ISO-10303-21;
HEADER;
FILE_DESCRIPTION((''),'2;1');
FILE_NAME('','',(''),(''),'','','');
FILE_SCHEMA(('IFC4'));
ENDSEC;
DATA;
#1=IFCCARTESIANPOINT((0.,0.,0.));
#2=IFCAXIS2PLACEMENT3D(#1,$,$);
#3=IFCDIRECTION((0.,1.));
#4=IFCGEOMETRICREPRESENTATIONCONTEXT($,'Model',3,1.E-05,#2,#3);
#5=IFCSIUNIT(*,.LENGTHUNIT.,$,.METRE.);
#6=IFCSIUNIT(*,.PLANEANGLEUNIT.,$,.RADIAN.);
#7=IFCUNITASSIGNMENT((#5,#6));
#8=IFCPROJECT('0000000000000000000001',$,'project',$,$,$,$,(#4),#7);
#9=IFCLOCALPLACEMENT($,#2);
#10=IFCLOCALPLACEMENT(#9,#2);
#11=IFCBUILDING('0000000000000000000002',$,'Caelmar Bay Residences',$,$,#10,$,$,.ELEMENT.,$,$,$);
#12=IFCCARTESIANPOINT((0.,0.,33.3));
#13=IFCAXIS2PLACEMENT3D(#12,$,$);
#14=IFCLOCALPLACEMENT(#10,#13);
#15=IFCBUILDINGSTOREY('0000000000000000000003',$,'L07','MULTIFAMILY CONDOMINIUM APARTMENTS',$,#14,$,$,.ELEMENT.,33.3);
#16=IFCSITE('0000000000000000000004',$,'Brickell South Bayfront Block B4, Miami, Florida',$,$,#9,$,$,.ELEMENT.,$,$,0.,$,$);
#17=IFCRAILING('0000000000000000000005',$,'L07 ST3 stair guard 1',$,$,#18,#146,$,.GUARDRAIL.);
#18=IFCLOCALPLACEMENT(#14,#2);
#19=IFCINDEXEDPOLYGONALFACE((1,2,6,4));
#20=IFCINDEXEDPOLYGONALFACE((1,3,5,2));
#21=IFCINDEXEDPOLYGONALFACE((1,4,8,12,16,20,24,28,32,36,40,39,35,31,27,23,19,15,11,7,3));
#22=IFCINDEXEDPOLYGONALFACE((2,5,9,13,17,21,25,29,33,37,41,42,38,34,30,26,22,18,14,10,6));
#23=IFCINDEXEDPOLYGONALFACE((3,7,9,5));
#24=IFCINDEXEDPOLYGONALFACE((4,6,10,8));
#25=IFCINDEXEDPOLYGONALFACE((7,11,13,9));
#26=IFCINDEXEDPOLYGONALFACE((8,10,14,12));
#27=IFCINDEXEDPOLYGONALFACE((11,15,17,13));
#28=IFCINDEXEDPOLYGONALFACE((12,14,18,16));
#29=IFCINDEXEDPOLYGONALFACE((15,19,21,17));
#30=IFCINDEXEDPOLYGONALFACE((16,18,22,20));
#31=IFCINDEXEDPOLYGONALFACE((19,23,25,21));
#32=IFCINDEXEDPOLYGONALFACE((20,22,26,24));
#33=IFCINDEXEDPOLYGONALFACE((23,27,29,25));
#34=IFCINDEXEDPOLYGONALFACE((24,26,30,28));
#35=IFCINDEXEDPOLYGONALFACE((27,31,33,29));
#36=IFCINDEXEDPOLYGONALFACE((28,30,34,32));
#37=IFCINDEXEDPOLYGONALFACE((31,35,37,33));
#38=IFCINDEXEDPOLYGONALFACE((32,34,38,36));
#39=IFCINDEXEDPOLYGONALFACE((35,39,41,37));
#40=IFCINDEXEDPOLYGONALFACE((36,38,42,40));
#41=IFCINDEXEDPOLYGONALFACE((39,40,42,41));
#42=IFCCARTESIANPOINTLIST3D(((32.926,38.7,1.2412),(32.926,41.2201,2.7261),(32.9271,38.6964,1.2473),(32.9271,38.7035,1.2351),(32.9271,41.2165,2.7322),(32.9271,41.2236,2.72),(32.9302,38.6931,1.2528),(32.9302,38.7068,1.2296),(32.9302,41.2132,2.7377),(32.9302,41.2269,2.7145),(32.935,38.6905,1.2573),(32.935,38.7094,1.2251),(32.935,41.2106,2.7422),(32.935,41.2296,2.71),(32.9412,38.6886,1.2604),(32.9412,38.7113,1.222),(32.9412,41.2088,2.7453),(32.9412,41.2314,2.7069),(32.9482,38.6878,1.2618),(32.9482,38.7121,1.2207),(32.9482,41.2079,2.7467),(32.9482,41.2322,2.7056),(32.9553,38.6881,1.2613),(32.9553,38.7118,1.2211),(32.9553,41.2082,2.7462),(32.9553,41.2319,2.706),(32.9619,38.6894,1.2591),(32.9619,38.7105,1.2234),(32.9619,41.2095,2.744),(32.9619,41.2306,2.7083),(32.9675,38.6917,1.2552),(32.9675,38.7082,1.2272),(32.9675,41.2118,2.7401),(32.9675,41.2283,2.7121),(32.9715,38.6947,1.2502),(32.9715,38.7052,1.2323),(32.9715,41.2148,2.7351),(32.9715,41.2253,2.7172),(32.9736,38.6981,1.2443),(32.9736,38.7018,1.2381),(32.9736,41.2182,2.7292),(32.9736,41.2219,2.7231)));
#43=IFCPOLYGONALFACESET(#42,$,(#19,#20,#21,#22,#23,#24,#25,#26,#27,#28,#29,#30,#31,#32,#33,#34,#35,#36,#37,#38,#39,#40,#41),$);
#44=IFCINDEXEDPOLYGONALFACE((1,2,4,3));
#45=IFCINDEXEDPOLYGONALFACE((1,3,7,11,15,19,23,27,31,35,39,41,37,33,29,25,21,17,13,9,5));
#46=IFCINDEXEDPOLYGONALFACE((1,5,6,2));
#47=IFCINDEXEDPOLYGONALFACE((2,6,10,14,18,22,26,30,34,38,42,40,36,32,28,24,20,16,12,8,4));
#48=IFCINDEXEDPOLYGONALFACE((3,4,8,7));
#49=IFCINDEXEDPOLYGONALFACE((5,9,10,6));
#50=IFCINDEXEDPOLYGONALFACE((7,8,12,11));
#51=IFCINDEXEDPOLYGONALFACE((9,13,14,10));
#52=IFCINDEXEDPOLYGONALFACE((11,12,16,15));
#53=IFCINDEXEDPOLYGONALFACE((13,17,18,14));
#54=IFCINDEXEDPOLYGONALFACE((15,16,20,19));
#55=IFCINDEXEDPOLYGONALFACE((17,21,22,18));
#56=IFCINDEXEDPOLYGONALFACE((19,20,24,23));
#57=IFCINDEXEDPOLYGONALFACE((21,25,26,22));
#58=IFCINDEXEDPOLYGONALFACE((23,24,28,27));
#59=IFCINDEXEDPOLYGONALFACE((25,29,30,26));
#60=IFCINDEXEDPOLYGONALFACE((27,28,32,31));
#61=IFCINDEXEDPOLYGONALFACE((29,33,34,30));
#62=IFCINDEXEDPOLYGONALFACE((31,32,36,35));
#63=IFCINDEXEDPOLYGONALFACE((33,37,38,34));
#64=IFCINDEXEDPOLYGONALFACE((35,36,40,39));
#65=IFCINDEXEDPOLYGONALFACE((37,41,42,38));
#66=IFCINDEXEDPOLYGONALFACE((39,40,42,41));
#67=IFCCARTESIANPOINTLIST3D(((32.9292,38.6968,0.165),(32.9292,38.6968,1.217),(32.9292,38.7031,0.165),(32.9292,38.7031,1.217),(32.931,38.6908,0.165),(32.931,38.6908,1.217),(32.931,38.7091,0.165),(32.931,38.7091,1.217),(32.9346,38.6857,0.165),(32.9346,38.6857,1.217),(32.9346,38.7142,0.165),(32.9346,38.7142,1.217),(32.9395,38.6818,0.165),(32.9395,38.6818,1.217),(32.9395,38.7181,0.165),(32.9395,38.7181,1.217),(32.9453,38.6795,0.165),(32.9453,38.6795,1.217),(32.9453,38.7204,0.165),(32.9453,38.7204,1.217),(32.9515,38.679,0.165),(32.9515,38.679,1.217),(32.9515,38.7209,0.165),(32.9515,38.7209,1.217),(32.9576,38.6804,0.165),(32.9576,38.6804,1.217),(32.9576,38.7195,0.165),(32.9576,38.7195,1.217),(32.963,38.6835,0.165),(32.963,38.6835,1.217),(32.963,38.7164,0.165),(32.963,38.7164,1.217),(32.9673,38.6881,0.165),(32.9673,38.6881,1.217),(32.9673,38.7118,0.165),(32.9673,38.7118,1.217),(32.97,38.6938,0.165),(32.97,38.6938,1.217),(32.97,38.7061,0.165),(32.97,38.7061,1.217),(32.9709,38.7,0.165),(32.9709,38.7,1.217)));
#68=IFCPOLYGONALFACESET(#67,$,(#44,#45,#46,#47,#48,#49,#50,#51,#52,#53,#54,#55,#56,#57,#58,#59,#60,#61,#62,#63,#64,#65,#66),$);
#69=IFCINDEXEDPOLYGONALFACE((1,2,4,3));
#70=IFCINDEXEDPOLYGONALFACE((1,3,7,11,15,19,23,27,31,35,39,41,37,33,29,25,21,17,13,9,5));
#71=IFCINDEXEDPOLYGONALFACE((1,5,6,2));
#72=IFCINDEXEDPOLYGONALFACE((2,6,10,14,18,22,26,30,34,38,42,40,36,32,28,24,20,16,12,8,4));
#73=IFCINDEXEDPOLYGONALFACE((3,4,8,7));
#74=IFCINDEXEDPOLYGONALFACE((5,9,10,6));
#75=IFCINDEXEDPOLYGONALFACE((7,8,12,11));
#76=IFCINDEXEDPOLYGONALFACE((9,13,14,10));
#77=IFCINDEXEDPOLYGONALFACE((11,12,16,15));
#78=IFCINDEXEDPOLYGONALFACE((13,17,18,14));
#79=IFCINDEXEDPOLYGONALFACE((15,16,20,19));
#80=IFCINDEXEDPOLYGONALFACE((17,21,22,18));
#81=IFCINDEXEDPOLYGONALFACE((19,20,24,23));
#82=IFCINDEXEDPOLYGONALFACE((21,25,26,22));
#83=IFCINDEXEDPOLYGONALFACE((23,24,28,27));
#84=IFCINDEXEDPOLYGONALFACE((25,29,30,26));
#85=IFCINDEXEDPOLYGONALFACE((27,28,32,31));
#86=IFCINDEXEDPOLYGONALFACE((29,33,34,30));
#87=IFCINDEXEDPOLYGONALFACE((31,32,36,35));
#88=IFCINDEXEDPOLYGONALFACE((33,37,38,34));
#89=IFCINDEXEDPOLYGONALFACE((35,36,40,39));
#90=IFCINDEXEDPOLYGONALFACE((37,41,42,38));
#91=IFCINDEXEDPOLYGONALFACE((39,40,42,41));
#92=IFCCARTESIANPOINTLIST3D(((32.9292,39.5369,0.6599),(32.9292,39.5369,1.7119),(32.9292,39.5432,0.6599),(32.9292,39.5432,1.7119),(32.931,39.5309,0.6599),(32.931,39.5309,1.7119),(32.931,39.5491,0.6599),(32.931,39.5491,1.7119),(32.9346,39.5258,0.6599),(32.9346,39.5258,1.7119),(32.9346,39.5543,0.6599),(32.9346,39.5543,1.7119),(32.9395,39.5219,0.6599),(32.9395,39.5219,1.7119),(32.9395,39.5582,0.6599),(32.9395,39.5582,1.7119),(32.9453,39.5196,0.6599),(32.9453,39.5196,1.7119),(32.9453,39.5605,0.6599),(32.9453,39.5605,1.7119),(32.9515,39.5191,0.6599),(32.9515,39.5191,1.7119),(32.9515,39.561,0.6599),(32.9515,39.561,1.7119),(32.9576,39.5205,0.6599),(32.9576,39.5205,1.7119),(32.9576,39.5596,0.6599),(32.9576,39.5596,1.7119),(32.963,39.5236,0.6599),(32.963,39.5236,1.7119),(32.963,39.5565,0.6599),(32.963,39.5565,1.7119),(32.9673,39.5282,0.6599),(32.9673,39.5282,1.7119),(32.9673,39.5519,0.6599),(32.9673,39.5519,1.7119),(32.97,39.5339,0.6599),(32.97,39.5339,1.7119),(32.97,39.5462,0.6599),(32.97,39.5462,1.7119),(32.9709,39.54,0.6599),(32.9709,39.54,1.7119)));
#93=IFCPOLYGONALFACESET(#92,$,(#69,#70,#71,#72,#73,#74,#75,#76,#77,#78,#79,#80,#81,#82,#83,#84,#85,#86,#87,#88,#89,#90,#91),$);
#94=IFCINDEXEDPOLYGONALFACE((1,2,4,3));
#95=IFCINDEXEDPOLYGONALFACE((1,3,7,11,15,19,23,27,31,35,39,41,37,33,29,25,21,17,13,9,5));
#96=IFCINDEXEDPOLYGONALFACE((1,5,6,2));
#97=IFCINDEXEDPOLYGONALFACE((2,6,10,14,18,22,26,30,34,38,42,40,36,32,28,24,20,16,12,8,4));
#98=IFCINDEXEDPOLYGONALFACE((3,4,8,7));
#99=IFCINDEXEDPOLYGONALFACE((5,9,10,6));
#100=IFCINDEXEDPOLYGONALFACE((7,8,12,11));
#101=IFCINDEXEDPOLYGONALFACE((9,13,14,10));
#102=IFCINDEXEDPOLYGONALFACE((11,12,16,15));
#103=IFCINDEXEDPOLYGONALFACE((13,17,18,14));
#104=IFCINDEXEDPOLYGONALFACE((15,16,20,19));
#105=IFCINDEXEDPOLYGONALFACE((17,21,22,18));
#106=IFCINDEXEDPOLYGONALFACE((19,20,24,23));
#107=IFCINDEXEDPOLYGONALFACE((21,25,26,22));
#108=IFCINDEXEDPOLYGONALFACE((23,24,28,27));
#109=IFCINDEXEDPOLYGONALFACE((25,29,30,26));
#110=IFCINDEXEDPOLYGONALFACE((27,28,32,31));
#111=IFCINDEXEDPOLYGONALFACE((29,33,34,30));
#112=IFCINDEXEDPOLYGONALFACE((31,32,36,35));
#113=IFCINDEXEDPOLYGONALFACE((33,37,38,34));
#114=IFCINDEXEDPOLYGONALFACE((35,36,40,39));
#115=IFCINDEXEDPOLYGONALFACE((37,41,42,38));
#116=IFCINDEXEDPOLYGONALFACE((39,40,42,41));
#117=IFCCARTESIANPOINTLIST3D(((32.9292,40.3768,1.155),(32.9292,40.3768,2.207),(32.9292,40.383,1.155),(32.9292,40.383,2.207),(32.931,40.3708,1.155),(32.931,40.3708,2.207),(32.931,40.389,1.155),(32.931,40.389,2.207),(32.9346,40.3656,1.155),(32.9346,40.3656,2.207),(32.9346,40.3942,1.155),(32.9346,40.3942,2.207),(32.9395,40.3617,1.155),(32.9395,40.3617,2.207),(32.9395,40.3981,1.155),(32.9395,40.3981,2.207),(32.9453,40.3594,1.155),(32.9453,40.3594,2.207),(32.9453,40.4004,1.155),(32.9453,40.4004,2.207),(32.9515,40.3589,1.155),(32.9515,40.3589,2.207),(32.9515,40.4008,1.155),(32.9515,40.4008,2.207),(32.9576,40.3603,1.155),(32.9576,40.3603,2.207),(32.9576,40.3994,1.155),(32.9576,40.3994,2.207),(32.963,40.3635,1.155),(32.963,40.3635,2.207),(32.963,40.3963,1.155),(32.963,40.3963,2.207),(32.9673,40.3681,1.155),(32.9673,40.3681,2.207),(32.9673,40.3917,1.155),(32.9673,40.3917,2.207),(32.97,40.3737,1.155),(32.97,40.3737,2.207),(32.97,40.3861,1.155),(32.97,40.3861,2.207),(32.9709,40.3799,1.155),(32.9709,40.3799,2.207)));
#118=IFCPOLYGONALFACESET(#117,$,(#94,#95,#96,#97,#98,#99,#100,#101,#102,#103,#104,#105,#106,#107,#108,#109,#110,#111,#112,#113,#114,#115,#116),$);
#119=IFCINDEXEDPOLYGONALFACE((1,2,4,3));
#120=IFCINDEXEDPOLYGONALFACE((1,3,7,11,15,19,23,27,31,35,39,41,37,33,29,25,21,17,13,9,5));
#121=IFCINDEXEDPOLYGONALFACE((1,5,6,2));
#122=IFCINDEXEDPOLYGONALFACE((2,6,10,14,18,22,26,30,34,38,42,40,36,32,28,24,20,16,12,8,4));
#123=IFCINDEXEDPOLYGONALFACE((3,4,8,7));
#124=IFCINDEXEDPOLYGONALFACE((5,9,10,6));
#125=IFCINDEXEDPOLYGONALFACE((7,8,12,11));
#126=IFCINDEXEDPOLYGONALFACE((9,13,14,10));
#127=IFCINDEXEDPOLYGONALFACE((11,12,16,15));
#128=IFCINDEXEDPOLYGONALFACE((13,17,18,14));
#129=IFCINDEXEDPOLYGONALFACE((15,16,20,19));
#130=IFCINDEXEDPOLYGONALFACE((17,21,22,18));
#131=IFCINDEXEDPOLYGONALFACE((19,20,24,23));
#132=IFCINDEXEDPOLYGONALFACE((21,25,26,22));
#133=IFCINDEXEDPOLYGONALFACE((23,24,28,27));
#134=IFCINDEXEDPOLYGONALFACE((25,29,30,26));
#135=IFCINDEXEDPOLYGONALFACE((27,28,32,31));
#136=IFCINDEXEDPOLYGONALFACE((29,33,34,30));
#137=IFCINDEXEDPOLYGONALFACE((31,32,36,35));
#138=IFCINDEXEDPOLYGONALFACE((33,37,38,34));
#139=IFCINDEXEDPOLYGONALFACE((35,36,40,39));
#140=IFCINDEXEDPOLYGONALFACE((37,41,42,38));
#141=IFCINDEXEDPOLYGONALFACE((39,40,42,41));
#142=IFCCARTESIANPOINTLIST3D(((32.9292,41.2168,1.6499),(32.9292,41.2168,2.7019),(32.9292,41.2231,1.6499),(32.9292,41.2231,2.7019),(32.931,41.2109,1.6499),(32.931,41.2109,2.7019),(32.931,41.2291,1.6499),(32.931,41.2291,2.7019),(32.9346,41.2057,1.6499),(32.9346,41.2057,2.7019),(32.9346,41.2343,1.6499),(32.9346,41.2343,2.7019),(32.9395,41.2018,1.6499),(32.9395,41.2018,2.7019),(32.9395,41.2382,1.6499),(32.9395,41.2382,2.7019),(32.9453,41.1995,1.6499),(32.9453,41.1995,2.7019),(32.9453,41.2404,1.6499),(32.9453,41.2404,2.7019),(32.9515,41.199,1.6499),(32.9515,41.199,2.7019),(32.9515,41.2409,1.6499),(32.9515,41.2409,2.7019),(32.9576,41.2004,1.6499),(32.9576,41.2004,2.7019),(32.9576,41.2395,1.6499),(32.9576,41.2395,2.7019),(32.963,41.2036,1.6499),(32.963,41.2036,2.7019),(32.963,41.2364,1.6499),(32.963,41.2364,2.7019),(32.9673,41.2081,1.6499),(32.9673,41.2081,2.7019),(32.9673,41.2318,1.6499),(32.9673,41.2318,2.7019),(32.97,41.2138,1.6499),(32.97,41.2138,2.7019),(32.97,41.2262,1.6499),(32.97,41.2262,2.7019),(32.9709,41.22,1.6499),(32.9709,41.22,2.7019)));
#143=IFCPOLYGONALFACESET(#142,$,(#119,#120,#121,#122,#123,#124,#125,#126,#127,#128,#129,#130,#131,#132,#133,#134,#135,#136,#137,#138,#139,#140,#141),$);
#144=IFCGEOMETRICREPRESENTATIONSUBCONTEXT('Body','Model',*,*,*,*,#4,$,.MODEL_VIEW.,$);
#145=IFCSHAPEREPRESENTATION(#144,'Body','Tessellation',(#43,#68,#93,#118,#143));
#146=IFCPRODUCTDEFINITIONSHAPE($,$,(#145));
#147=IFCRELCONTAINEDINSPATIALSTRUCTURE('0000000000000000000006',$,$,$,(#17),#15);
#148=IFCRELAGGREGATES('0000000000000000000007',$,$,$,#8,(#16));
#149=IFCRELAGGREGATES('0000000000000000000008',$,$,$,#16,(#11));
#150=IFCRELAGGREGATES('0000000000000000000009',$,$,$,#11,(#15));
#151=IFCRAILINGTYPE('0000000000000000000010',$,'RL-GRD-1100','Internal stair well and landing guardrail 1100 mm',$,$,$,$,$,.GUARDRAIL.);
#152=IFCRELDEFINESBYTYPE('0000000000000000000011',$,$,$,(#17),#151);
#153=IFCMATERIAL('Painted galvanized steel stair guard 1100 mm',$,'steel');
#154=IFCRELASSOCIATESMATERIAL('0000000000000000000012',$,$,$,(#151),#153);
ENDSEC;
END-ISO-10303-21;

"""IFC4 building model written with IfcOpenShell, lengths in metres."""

from ifc_helpers import new_model, si_unit, direction, frame, origin, origin_2d, place, context, subcontext, project, spatial, circle, extrude, material, type_object, element, save


model = new_model("IFC4")

# Units and contexts
model_context = context("Model", 3, precision=1e-05, world=origin(), true_north=direction((0.0, 1.0)))
body_context = subcontext(model_context, "Body", "Model", "MODEL_VIEW")
ifc_project = project(units=[si_unit("LENGTHUNIT", "METRE"), si_unit("PLANEANGLEUNIT", "RADIAN")], contexts=[model_context])

# Site, building, storey
site_placement = place(None, origin())
site = spatial("IfcSite", under=ifc_project, at=site_placement, Name="Brickell South Bayfront Block B4, Miami, Florida", CompositionType="ELEMENT", RefElevation=0.0)
building_placement = place(site_placement, origin())
building = spatial("IfcBuilding", under=site, at=building_placement, Name="Caelmar Bay Residences", CompositionType="ELEMENT")
storey_placement = place(building_placement, frame((0.0, 0.0, 33.3)))
storey = spatial("IfcBuildingStorey", under=building, at=storey_placement, Name="L07", Description="MULTIFAMILY CONDOMINIUM APARTMENTS", CompositionType="ELEMENT", Elevation=33.3)

# Railing
ifc_material_1 = material(Name="Painted galvanized steel stair guard 1100 mm", Category="steel")
railing_type_1 = type_object("IfcRailingType", Name="RL-GRD-1100", Description="Internal stair well and landing guardrail 1100 mm", PredefinedType="GUARDRAIL", material=ifc_material_1)
railing_1_placement = place(storey_placement, frame((32.95, 38.7, 0.165)))
element("IfcRailing", 1, at=railing_1_placement, inside=storey, type_object=railing_type_1, Name="L07 ST3 stair guard 1", PredefinedType="GUARDRAIL", context=body_context, shape_type="SweptSolid", body=[
    extrude(circle(Radius=0.0239, at=origin_2d()), frame((0.0, 0.0, 1.0762), z_axis=(0.0, 0.861561, 0.507655), x_axis=(-1.0, 0.0, 0.0)), (0.0, 0.0, 1.0), 2.925),
    extrude(circle(Radius=0.021, at=origin_2d()), origin(), (0.0, 0.0, 1.0), 1.052),
    extrude(circle(Radius=0.021, at=origin_2d()), frame((0.0, 0.8401, 0.4949)), (0.0, 0.0, 1.0), 1.052),
    extrude(circle(Radius=0.021, at=origin_2d()), frame((0.0, 1.6799, 0.99)), (0.0, 0.0, 1.0), 1.052),
    extrude(circle(Radius=0.021, at=origin_2d()), frame((0.0, 2.52, 1.4849)), (0.0, 0.0, 1.0), 1.052),
])

save(model, "model.ifc")
